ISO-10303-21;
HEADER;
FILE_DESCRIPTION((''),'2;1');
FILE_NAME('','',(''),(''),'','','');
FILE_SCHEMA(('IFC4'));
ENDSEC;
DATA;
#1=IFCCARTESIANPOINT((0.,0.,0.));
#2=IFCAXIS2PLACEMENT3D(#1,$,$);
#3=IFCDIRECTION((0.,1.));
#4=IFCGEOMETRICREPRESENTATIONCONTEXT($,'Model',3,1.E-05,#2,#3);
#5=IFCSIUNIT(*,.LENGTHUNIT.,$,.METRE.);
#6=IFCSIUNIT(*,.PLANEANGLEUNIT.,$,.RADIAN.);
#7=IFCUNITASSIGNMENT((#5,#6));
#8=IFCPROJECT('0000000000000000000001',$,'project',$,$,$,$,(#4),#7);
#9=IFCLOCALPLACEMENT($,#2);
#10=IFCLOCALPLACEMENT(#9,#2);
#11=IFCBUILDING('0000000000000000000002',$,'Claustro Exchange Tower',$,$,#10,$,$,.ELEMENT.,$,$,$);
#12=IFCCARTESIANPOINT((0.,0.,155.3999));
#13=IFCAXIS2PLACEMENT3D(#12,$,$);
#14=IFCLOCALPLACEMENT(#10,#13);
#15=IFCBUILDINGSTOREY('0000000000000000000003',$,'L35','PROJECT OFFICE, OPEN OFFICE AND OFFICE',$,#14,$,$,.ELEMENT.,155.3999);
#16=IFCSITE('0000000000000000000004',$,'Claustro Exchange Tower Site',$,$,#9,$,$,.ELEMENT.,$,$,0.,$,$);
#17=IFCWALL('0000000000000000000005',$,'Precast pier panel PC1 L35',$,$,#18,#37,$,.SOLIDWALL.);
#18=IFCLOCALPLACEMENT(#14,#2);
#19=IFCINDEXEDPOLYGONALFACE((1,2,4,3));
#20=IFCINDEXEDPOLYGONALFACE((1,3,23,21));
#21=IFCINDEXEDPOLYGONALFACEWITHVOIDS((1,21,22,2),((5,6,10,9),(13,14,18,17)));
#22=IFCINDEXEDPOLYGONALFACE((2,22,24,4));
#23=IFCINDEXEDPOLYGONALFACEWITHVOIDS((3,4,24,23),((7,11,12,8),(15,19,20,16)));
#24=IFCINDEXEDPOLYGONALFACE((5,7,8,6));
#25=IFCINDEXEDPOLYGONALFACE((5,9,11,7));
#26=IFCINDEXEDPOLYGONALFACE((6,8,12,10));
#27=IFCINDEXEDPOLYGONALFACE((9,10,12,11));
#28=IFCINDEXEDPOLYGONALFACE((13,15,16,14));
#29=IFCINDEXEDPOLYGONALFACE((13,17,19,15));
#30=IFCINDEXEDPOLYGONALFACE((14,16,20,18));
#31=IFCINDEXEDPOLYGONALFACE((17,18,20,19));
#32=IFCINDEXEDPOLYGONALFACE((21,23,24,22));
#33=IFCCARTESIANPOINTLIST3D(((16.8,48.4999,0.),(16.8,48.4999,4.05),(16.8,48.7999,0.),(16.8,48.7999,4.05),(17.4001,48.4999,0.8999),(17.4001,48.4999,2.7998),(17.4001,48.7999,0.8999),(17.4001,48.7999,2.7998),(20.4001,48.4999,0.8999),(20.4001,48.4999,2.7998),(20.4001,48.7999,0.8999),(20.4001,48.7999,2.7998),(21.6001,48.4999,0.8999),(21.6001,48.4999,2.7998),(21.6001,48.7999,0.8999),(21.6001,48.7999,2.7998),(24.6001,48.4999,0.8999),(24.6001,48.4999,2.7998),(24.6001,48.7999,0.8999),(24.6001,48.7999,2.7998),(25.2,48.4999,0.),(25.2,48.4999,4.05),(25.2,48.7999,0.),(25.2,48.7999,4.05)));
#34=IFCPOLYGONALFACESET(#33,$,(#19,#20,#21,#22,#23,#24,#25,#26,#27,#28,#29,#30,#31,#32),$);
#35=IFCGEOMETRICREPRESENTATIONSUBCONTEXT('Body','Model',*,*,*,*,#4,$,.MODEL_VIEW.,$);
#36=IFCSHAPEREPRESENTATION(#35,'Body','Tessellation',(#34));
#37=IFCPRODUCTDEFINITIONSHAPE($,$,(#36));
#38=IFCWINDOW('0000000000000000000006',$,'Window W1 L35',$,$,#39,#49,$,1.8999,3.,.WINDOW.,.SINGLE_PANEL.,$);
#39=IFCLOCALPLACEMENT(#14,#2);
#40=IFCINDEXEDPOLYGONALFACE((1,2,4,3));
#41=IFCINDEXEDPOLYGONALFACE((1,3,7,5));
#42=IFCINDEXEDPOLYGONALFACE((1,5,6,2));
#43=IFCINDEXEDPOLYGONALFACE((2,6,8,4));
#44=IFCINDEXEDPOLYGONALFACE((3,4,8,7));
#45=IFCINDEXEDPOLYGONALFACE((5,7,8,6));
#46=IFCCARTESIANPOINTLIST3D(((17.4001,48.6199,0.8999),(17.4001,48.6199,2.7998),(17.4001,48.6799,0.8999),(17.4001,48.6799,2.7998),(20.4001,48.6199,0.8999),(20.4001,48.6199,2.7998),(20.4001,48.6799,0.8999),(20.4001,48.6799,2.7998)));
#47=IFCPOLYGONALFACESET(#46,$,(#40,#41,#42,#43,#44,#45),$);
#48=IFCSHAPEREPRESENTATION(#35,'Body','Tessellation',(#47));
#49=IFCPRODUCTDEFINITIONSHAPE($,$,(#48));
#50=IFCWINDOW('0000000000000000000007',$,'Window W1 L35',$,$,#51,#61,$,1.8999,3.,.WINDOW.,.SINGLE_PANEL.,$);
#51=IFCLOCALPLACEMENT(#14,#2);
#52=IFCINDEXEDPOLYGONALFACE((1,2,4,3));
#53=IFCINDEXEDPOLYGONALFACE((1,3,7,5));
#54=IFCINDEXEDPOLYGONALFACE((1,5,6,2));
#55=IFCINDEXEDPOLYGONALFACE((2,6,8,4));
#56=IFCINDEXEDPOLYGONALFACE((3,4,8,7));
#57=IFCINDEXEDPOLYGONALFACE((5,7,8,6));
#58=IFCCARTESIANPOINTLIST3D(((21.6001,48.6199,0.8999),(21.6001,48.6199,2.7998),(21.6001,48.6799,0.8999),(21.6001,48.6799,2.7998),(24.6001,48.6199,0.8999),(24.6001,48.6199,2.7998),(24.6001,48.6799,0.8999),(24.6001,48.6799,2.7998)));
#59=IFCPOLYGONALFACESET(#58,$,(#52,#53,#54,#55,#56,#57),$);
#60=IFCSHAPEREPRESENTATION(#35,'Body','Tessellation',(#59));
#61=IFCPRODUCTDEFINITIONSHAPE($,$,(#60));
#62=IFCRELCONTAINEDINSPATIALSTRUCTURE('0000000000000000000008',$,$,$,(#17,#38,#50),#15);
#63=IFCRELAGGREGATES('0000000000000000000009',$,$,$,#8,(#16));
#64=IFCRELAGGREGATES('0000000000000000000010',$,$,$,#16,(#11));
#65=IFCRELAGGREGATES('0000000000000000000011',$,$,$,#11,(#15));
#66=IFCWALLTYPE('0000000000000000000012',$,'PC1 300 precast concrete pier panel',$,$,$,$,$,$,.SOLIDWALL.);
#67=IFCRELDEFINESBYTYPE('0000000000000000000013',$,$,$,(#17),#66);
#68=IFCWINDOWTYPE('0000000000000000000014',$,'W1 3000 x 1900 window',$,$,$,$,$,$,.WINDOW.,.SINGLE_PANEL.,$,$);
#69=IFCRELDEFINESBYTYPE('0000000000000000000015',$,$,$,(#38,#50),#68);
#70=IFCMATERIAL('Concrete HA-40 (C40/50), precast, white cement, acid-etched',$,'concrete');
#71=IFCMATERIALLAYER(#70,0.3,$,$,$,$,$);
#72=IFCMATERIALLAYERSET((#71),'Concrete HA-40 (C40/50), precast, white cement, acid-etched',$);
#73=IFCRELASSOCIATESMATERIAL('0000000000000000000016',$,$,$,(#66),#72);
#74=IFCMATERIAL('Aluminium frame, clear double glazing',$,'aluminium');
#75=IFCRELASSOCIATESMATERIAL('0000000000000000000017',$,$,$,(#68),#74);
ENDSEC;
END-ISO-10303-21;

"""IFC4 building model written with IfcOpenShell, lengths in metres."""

from ifc_helpers import new_model, si_unit, direction, frame, frame_2d, origin, place, context, subcontext, project, spatial, rectangle, extrude, material, layer, layer_set, type_object, element, fill, save


model = new_model("IFC4")

# Units and contexts
model_context = context("Model", 3, precision=1e-05, world=origin(), true_north=direction((0.0, 1.0)))
body_context = subcontext(model_context, "Body", "Model", "MODEL_VIEW")
ifc_project = project(units=[si_unit("LENGTHUNIT", "METRE"), si_unit("PLANEANGLEUNIT", "RADIAN")], contexts=[model_context])

# Site, building, storey
site_placement = place(None, origin())
site = spatial("IfcSite", under=ifc_project, at=site_placement, Name="Claustro Exchange Tower Site", CompositionType="ELEMENT", RefElevation=0.0)
building_placement = place(site_placement, origin())
building = spatial("IfcBuilding", under=site, at=building_placement, Name="Claustro Exchange Tower", CompositionType="ELEMENT")
storey_placement = place(building_placement, frame((0.0, 0.0, 155.3999)))
storey = spatial("IfcBuildingStorey", under=building, at=storey_placement, Name="L35", Description="PROJECT OFFICE, OPEN OFFICE AND OFFICE", CompositionType="ELEMENT", Elevation=155.3999)

# Wall, openings, windows
ifc_material_1 = material(Name="Concrete HA-40 (C40/50), precast, white cement, acid-etched", Category="concrete")
ifc_layer_1 = layer(ifc_material_1, 0.3)
ifc_layer_set_1 = layer_set([ifc_layer_1], Name="Concrete HA-40 (C40/50), precast, white cement, acid-etched")
wall_type_1 = type_object("IfcWallType", Name="PC1 300 precast concrete pier panel", PredefinedType="SOLIDWALL", material=ifc_layer_set_1)
ifc_material_2 = material(Name="Aluminium frame, clear double glazing", Category="aluminium")
window_type = type_object("IfcWindowType", Name="W1 3000 x 1900 window", PartitioningType="SINGLE_PANEL", PredefinedType="WINDOW", material=ifc_material_2)
wall_1_placement = place(storey_placement, frame((16.8, 48.6499, 0.0), z_axis=(0.0, 0.0, 1.0), x_axis=(1.0, 0.0, 0.0)))
wall_1 = element("IfcWall", 1, at=wall_1_placement, inside=storey, type_object=wall_type_1, Name="Precast pier panel PC1 L35", PredefinedType="SOLIDWALL", context=body_context, shape_type="SweptSolid", body=[
    extrude(rectangle(XDim=8.3999, YDim=0.3, at=frame_2d((4.2, 0.0))), origin(), (0.0, 0.0, 1.0), 4.05),
])
opening_1_placement = place(wall_1_placement, frame((0.6001, 0.0, 0.8999)))
opening_1 = element("IfcOpeningElement", 2, at=opening_1_placement, cuts=wall_1, PredefinedType="OPENING", context=body_context, shape_type="SweptSolid", body=[
    extrude(rectangle(XDim=3.0, YDim=1.8999, at=frame_2d((1.5, 0.95))), frame((0.0, 0.1599, 0.0), z_axis=(0.0, -1.0, 0.0), x_axis=(1.0, 0.0, 0.0)), (0.0, 0.0, 1.0), 0.3201),
])
opening_2_placement = place(wall_1_placement, frame((4.8, 0.0, 0.8999)))
opening_2 = element("IfcOpeningElement", 3, at=opening_2_placement, cuts=wall_1, PredefinedType="OPENING", context=body_context, shape_type="SweptSolid", body=[
    extrude(rectangle(XDim=3.0, YDim=1.8999, at=frame_2d((1.5, 0.95))), frame((0.0, 0.1599, 0.0), z_axis=(0.0, -1.0, 0.0), x_axis=(1.0, 0.0, 0.0)), (0.0, 0.0, 1.0), 0.3201),
])
window_1_placement = place(opening_1_placement, origin())
window_1 = element("IfcWindow", 4, at=window_1_placement, inside=storey, type_object=window_type, Name="Window W1 L35", OverallHeight=1.8999, OverallWidth=3.0, PartitioningType="SINGLE_PANEL", PredefinedType="WINDOW", context=body_context, shape_type="SweptSolid", body=[
    extrude(rectangle(XDim=3.0, YDim=1.8999, at=frame_2d((1.5, 0.95))), frame((0.0, 0.03, 0.0), z_axis=(0.0, -1.0, 0.0), x_axis=(1.0, 0.0, 0.0)), (0.0, 0.0, 1.0), 0.0601),
])
fill(opening_1, window_1)
window_2_placement = place(opening_2_placement, origin())
window_2 = element("IfcWindow", 5, at=window_2_placement, inside=storey, type_object=window_type, Name="Window W1 L35", OverallHeight=1.8999, OverallWidth=3.0, PartitioningType="SINGLE_PANEL", PredefinedType="WINDOW", context=body_context, shape_type="SweptSolid", body=[
    extrude(rectangle(XDim=3.0, YDim=1.8999, at=frame_2d((1.5, 0.95))), frame((0.0, 0.03, 0.0), z_axis=(0.0, -1.0, 0.0), x_axis=(1.0, 0.0, 0.0)), (0.0, 0.0, 1.0), 0.0601),
])
fill(opening_2, window_2)

save(model, "model.ifc")
